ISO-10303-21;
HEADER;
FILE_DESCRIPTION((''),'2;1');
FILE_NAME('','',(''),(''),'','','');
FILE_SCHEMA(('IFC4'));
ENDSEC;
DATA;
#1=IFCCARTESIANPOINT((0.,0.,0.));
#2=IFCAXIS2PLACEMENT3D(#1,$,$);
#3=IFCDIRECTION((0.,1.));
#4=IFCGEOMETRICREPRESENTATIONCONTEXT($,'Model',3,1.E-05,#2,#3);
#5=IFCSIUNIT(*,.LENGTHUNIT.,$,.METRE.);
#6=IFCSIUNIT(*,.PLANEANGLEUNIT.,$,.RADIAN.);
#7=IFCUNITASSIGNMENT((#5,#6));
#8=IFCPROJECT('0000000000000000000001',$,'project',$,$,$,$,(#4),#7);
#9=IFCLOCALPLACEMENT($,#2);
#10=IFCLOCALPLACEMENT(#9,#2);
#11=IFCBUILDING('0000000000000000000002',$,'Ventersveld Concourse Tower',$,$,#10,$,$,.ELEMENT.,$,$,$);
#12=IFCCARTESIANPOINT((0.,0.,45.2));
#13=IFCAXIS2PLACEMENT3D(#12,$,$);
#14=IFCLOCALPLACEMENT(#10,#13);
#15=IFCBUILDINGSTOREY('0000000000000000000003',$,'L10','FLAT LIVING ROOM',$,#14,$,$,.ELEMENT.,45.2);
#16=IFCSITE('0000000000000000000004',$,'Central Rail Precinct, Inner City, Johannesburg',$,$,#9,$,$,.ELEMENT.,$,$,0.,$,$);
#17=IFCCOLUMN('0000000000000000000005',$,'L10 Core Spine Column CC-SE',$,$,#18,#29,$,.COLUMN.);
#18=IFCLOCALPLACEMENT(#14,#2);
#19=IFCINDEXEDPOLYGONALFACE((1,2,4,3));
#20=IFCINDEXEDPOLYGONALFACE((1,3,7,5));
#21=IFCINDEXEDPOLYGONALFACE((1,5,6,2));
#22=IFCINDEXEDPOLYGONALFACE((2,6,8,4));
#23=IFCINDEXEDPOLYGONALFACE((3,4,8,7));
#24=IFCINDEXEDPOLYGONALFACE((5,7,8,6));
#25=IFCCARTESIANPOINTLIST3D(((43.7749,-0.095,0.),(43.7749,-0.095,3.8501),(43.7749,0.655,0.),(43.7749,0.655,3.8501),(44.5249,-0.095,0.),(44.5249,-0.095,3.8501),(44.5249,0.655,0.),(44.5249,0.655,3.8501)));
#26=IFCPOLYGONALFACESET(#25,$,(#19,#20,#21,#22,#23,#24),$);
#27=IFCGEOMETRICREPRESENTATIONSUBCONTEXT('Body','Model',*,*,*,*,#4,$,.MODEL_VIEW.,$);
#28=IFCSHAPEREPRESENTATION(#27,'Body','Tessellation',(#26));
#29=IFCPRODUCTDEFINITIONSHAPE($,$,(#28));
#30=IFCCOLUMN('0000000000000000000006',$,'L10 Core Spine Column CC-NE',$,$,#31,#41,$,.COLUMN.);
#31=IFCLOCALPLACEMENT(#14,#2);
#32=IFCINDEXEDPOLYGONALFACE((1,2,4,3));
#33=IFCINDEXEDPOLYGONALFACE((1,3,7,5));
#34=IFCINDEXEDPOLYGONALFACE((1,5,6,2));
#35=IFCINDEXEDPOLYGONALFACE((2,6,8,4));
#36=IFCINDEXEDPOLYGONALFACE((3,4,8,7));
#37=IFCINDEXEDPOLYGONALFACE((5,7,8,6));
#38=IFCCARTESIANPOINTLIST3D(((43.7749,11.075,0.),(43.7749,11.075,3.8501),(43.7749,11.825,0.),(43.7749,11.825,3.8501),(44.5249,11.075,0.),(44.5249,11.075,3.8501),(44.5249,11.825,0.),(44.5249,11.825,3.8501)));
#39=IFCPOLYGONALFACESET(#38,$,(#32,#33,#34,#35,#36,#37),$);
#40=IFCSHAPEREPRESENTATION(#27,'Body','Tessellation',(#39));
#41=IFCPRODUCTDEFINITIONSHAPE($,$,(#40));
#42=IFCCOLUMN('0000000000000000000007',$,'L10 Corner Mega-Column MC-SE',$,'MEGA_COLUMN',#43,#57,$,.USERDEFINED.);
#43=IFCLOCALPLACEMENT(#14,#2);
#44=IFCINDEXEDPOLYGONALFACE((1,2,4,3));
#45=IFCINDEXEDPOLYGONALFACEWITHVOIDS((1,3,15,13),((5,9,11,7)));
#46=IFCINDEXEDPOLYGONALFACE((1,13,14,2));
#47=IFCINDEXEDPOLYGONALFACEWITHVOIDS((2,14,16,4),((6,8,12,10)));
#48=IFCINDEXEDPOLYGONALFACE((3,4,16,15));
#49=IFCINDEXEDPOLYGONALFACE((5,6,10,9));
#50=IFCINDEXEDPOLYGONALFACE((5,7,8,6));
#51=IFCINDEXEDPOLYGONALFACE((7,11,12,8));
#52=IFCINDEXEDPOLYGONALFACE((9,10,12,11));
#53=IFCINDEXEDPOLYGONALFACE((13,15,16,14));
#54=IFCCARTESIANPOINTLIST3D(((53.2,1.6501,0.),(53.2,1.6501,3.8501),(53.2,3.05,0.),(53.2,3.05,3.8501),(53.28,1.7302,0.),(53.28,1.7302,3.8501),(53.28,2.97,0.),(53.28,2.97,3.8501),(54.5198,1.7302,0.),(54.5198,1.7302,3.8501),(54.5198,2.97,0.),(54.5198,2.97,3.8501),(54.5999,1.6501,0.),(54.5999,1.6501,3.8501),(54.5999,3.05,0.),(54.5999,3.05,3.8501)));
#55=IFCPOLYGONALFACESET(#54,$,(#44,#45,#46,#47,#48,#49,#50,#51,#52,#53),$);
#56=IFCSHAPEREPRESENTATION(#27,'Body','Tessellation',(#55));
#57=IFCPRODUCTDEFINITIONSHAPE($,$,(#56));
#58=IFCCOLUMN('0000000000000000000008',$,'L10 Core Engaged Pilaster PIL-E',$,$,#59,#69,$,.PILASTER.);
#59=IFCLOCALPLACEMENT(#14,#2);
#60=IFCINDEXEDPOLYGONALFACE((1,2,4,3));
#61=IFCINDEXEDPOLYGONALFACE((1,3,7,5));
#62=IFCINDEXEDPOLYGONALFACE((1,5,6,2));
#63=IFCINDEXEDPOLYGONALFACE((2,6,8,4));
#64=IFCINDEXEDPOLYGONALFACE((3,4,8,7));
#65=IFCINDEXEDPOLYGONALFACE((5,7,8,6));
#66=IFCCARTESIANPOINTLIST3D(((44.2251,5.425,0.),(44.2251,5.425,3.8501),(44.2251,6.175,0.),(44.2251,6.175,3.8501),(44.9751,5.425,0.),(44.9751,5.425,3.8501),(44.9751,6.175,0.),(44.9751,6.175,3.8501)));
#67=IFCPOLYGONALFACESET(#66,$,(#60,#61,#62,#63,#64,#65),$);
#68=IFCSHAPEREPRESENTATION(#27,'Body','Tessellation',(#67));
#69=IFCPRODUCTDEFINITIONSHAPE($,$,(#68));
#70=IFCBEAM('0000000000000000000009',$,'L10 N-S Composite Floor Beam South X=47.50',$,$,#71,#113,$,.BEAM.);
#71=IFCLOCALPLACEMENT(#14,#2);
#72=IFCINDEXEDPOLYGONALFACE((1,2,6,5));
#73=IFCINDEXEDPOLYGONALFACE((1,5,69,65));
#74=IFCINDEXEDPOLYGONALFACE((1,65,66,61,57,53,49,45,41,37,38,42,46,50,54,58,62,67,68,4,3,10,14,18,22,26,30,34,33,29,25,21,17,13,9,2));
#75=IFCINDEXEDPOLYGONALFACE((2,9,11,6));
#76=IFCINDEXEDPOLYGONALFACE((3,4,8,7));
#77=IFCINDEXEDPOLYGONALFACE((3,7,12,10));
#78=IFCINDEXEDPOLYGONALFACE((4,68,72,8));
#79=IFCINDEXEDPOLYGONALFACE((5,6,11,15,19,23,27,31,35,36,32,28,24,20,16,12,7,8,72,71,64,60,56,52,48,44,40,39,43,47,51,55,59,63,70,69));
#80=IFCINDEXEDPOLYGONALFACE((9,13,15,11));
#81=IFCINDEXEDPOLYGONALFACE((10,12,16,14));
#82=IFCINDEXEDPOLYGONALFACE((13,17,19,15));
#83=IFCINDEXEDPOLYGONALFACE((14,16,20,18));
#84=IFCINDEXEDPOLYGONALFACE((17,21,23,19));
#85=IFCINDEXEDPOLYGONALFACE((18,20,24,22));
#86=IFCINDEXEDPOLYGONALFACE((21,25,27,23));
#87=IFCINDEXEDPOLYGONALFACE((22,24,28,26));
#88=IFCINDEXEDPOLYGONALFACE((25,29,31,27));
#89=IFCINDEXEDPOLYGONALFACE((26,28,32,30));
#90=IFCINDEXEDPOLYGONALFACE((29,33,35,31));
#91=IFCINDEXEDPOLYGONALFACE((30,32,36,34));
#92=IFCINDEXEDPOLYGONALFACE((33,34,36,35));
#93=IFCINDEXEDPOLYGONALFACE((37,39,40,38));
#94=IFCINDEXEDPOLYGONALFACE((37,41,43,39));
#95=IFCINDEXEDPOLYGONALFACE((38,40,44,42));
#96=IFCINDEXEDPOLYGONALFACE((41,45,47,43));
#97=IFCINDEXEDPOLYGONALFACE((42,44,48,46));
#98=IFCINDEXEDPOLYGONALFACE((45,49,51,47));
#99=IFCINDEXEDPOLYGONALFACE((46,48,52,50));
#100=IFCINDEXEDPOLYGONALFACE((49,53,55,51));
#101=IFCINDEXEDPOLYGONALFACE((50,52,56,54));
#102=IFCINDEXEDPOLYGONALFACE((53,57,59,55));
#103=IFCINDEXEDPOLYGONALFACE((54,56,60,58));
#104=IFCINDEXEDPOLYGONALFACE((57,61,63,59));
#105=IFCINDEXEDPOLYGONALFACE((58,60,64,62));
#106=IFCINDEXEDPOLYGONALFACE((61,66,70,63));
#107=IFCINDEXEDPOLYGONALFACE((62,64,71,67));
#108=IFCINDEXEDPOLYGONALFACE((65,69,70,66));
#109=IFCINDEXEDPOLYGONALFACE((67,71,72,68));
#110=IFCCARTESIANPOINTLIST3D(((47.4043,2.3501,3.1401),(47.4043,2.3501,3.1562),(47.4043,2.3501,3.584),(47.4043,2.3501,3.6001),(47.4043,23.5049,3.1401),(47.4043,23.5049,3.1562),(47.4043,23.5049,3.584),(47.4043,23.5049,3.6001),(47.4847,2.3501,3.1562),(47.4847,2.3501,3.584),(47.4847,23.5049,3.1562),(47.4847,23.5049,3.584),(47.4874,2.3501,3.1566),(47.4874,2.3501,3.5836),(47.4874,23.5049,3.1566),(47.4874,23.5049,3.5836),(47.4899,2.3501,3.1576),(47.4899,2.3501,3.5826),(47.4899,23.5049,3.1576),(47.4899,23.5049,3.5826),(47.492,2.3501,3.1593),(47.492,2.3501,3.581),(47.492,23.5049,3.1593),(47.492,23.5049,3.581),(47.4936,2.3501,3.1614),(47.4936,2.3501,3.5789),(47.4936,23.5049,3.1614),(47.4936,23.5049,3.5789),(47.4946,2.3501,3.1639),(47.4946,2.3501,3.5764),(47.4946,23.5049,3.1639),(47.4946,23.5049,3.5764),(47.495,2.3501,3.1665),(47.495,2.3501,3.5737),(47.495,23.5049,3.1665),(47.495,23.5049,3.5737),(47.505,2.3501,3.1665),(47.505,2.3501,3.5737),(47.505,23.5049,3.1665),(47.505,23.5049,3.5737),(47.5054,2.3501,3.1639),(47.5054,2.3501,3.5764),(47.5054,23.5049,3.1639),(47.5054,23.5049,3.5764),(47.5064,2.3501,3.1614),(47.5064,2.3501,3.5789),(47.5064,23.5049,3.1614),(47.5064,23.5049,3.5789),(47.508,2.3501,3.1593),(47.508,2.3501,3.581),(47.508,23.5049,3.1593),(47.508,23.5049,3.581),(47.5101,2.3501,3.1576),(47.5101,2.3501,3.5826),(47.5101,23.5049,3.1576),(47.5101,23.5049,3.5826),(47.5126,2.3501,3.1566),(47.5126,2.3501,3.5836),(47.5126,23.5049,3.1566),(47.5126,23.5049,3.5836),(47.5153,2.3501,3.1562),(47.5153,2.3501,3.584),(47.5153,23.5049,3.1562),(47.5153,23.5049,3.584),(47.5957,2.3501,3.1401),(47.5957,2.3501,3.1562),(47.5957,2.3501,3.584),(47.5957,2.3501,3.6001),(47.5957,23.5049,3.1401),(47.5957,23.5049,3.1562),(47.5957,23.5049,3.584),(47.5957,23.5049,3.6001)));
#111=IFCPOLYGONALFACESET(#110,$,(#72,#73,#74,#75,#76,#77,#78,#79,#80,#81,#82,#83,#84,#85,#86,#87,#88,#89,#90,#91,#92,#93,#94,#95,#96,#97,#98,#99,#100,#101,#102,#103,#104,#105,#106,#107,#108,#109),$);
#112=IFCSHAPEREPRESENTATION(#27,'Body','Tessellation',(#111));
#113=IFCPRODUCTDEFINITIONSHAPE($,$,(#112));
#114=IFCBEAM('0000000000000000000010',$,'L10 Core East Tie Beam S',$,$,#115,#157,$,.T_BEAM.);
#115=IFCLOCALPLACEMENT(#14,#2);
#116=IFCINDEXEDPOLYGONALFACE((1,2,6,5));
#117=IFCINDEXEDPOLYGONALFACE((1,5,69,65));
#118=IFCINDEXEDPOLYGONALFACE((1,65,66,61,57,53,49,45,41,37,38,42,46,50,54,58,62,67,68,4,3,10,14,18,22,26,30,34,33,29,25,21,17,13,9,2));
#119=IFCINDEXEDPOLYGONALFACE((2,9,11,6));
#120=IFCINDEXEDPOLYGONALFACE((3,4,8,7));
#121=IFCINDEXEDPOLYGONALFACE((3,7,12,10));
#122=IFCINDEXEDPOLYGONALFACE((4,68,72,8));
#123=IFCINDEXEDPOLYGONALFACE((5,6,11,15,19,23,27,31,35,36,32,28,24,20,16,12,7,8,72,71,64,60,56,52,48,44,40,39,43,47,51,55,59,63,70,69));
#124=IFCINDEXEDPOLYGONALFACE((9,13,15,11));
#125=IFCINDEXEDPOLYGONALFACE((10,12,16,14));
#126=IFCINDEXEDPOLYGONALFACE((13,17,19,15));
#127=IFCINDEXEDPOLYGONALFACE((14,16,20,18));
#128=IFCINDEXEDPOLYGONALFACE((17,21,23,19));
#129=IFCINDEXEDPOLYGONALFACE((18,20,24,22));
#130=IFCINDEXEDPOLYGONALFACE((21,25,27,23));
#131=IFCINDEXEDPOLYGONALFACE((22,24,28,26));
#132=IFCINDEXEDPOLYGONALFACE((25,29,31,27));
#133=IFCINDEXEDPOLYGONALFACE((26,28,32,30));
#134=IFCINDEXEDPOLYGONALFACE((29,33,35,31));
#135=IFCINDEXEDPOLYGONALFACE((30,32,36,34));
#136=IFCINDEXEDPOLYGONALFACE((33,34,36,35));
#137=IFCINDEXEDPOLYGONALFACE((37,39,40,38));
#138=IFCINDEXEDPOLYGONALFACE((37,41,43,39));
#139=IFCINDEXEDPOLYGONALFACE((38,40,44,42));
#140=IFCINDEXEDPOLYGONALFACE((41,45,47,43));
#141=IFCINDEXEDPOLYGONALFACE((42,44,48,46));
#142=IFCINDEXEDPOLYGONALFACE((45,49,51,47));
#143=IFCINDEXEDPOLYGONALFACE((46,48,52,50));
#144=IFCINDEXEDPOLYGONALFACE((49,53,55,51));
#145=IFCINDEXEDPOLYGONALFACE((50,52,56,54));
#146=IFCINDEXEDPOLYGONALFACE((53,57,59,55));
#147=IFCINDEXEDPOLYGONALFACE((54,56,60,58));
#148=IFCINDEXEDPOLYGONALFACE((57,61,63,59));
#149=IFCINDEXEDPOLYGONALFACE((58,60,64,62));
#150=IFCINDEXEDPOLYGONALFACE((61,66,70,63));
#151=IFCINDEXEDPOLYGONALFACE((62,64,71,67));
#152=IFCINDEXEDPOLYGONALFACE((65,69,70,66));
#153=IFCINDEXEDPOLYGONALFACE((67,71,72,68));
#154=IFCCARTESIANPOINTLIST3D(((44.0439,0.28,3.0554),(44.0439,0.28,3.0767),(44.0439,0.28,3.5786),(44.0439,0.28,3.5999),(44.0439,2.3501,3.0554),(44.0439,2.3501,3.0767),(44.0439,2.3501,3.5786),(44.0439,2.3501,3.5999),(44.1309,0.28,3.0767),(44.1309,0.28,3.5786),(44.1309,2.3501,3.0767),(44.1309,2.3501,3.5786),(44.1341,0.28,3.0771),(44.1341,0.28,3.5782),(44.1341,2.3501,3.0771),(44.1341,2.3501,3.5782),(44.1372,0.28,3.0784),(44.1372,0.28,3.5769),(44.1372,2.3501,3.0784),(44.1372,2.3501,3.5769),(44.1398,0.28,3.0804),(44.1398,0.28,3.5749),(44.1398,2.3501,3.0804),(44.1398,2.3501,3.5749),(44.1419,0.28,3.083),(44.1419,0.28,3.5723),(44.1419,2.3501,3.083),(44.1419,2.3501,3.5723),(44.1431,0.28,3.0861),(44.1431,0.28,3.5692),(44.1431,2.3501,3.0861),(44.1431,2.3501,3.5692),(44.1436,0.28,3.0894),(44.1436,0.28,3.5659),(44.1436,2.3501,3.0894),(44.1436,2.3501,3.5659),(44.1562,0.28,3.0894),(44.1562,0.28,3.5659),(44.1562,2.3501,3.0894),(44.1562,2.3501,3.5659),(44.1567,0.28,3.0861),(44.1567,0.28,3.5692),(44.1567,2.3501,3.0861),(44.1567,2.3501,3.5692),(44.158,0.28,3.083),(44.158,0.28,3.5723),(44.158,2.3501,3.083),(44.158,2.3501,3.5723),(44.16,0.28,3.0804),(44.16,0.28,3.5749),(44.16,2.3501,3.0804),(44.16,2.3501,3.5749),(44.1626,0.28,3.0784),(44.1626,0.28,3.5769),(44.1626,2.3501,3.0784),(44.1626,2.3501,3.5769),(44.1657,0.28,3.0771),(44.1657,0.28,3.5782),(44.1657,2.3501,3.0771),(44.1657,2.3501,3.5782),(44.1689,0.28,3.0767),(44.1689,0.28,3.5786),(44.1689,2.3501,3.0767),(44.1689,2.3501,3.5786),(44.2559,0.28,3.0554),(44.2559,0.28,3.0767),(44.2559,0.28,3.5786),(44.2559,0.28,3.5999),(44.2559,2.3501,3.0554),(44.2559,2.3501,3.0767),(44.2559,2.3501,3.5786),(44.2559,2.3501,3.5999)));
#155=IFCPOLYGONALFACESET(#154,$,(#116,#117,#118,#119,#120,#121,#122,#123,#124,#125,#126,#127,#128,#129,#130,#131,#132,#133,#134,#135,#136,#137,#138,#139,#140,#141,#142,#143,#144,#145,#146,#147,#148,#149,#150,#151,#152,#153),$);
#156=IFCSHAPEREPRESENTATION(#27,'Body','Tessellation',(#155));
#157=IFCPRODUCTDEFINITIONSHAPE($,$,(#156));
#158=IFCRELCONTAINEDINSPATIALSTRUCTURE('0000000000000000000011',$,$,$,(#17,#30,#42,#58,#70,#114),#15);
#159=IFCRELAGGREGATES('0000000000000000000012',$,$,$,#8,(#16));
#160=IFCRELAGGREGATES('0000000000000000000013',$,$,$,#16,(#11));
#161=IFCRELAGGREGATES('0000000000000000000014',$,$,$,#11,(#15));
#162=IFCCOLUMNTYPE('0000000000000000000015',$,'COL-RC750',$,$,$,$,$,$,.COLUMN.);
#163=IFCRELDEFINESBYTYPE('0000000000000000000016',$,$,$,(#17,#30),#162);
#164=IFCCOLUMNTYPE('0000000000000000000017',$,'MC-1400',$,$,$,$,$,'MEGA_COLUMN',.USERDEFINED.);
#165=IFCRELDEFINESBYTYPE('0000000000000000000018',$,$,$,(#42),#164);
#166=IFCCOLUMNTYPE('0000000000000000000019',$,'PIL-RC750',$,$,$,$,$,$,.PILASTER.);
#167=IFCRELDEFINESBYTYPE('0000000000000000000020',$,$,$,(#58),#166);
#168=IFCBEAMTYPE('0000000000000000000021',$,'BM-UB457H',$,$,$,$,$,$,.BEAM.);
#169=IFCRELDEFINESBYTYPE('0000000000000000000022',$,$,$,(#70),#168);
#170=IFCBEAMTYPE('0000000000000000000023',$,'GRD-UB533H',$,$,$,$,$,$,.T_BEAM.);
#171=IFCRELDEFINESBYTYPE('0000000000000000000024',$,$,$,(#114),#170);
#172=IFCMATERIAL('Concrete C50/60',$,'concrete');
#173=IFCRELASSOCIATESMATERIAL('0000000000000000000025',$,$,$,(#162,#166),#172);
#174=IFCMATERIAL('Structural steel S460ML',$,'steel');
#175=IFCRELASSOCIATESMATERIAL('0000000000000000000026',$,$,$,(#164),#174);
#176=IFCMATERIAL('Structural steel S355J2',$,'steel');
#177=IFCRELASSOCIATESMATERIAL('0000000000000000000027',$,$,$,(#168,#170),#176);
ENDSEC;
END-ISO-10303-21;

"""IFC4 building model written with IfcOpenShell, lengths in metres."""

from ifc_helpers import new_model, si_unit, direction, frame, origin, origin_2d, place, context, subcontext, project, spatial, rectangle, hollow_rectangle, i_section, extrude, material, material_profile, profile_set, type_object, element, save


model = new_model("IFC4")

# Units and contexts
model_context = context("Model", 3, precision=1e-05, world=origin(), true_north=direction((0.0, 1.0)))
body_context = subcontext(model_context, "Body", "Model", "MODEL_VIEW")
ifc_project = project(units=[si_unit("LENGTHUNIT", "METRE"), si_unit("PLANEANGLEUNIT", "RADIAN")], contexts=[model_context])

# Site, building, storey
site_placement = place(None, origin())
site = spatial("IfcSite", under=ifc_project, at=site_placement, Name="Central Rail Precinct, Inner City, Johannesburg", CompositionType="ELEMENT", RefElevation=0.0)
building_placement = place(site_placement, origin())
building = spatial("IfcBuilding", under=site, at=building_placement, Name="Ventersveld Concourse Tower", CompositionType="ELEMENT")
storey_placement = place(building_placement, frame((0.0, 0.0, 45.2)))
storey = spatial("IfcBuildingStorey", under=building, at=storey_placement, Name="L10", Description="FLAT LIVING ROOM", CompositionType="ELEMENT", Elevation=45.2)

# Columns
ifc_material_1 = material(Name="Concrete C50/60", Category="concrete")
ifc_material_profile_1 = material_profile(ifc_material_1, rectangle(XDim=0.75, YDim=0.75, at=origin_2d()), Name="RC 750x750")
ifc_profile_set_1 = profile_set([ifc_material_profile_1], Name="Concrete C50/60")
column_type_1 = type_object("IfcColumnType", Name="COL-RC750", PredefinedType="COLUMN", material=ifc_profile_set_1)
for number, where, z_axis, x_axis, name in (
    (1, (44.1499, 0.28, 0.0), (0.0, 0.0, 1.0), (1.0, 0.0, 0.0), "L10 Core Spine Column CC-SE"),
    (2, (44.1499, 11.45, 0.0), (0.0, 0.0, 1.0), (1.0, 0.0, 0.0), "L10 Core Spine Column CC-NE"),
):
    element("IfcColumn", number, at=place(storey_placement, frame(where, z_axis=z_axis, x_axis=x_axis)), inside=storey, type_object=column_type_1, Name=name, PredefinedType="COLUMN", context=body_context, shape_type="SweptSolid", body=[
        extrude(rectangle(XDim=0.75, YDim=0.75, at=origin_2d()), origin(), (0.0, 0.0, 1.0), 3.8501),
    ])
ifc_material_2 = material(Name="Structural steel S460ML", Category="steel")
ifc_material_profile_2 = material_profile(ifc_material_2, hollow_rectangle(XDim=1.3999, YDim=1.3999, WallThickness=0.0801, at=origin_2d()), Name="BOX 1400x1400x80")
ifc_profile_set_2 = profile_set([ifc_material_profile_2], Name="Structural steel S460ML")
column_type_2 = type_object("IfcColumnType", Name="MC-1400", ElementType="MEGA_COLUMN", PredefinedType="USERDEFINED", material=ifc_profile_set_2)
column_1_placement = place(storey_placement, frame((53.8999, 2.3501, 0.0), z_axis=(0.0, 0.0, 1.0), x_axis=(1.0, 0.0, 0.0)))
element("IfcColumn", 3, at=column_1_placement, inside=storey, type_object=column_type_2, Name="L10 Corner Mega-Column MC-SE", ObjectType="MEGA_COLUMN", PredefinedType="USERDEFINED", context=body_context, shape_type="SweptSolid", body=[
    extrude(hollow_rectangle(XDim=1.3999, YDim=1.3999, WallThickness=0.0801, at=origin_2d()), origin(), (0.0, 0.0, 1.0), 3.8501),
])
ifc_material_profile_3 = material_profile(ifc_material_1, rectangle(XDim=0.75, YDim=0.75, at=origin_2d()), Name="RC 750x750")
ifc_profile_set_3 = profile_set([ifc_material_profile_3], Name="Concrete C50/60")
column_type_3 = type_object("IfcColumnType", Name="PIL-RC750", PredefinedType="PILASTER", material=ifc_profile_set_3)
column_2_placement = place(storey_placement, frame((44.6001, 5.8, 0.0), z_axis=(0.0, 0.0, 1.0), x_axis=(1.0, 0.0, 0.0)))
element("IfcColumn", 4, at=column_2_placement, inside=storey, type_object=column_type_3, Name="L10 Core Engaged Pilaster PIL-E", PredefinedType="PILASTER", context=body_context, shape_type="SweptSolid", body=[
    extrude(rectangle(XDim=0.75, YDim=0.75, at=origin_2d()), origin(), (0.0, 0.0, 1.0), 3.8501),
])

# Beams
ifc_material_3 = material(Name="Structural steel S355J2", Category="steel")
ifc_material_profile_4 = material_profile(ifc_material_3, i_section(OverallWidth=0.1914, OverallDepth=0.46, WebThickness=0.01, FlangeThickness=0.0161, FilletRadius=0.0103, at=origin_2d()), Name="UB 457x191x82")
ifc_profile_set_4 = profile_set([ifc_material_profile_4], Name="Structural steel S355J2")
beam_type_1 = type_object("IfcBeamType", Name="BM-UB457H", PredefinedType="BEAM", material=ifc_profile_set_4)
beam_1_placement = place(storey_placement, frame((47.5, 2.3501, 3.3701), z_axis=(0.0, 1.0, 0.0), x_axis=(-1.0, 0.0, 0.0)))
element("IfcBeam", 5, at=beam_1_placement, inside=storey, type_object=beam_type_1, Name="L10 N-S Composite Floor Beam South X=47.50", PredefinedType="BEAM", context=body_context, shape_type="SweptSolid", body=[
    extrude(i_section(OverallWidth=0.1914, OverallDepth=0.46, WebThickness=0.01, FlangeThickness=0.0161, FilletRadius=0.0103, at=origin_2d()), origin(), (0.0, 0.0, 1.0), 21.1548),
])
ifc_material_profile_5 = material_profile(ifc_material_3, i_section(OverallWidth=0.2119, OverallDepth=0.5444, WebThickness=0.0127, FlangeThickness=0.0212, FilletRadius=0.0127, at=origin_2d()), Name="UB 533x210x122")
ifc_profile_set_5 = profile_set([ifc_material_profile_5], Name="Structural steel S355J2")
beam_type_2 = type_object("IfcBeamType", Name="GRD-UB533H", PredefinedType="T_BEAM", material=ifc_profile_set_5)
beam_2_placement = place(storey_placement, frame((44.1499, 0.28, 3.3276), z_axis=(0.0, 1.0, 0.0), x_axis=(-1.0, 0.0, 0.0)))
element("IfcBeam", 6, at=beam_2_placement, inside=storey, type_object=beam_type_2, Name="L10 Core East Tie Beam S", PredefinedType="T_BEAM", context=body_context, shape_type="SweptSolid", body=[
    extrude(i_section(OverallWidth=0.2119, OverallDepth=0.5444, WebThickness=0.0127, FlangeThickness=0.0212, FilletRadius=0.0127, at=origin_2d()), origin(), (0.0, 0.0, 1.0), 2.0701),
])

save(model, "model.ifc")
